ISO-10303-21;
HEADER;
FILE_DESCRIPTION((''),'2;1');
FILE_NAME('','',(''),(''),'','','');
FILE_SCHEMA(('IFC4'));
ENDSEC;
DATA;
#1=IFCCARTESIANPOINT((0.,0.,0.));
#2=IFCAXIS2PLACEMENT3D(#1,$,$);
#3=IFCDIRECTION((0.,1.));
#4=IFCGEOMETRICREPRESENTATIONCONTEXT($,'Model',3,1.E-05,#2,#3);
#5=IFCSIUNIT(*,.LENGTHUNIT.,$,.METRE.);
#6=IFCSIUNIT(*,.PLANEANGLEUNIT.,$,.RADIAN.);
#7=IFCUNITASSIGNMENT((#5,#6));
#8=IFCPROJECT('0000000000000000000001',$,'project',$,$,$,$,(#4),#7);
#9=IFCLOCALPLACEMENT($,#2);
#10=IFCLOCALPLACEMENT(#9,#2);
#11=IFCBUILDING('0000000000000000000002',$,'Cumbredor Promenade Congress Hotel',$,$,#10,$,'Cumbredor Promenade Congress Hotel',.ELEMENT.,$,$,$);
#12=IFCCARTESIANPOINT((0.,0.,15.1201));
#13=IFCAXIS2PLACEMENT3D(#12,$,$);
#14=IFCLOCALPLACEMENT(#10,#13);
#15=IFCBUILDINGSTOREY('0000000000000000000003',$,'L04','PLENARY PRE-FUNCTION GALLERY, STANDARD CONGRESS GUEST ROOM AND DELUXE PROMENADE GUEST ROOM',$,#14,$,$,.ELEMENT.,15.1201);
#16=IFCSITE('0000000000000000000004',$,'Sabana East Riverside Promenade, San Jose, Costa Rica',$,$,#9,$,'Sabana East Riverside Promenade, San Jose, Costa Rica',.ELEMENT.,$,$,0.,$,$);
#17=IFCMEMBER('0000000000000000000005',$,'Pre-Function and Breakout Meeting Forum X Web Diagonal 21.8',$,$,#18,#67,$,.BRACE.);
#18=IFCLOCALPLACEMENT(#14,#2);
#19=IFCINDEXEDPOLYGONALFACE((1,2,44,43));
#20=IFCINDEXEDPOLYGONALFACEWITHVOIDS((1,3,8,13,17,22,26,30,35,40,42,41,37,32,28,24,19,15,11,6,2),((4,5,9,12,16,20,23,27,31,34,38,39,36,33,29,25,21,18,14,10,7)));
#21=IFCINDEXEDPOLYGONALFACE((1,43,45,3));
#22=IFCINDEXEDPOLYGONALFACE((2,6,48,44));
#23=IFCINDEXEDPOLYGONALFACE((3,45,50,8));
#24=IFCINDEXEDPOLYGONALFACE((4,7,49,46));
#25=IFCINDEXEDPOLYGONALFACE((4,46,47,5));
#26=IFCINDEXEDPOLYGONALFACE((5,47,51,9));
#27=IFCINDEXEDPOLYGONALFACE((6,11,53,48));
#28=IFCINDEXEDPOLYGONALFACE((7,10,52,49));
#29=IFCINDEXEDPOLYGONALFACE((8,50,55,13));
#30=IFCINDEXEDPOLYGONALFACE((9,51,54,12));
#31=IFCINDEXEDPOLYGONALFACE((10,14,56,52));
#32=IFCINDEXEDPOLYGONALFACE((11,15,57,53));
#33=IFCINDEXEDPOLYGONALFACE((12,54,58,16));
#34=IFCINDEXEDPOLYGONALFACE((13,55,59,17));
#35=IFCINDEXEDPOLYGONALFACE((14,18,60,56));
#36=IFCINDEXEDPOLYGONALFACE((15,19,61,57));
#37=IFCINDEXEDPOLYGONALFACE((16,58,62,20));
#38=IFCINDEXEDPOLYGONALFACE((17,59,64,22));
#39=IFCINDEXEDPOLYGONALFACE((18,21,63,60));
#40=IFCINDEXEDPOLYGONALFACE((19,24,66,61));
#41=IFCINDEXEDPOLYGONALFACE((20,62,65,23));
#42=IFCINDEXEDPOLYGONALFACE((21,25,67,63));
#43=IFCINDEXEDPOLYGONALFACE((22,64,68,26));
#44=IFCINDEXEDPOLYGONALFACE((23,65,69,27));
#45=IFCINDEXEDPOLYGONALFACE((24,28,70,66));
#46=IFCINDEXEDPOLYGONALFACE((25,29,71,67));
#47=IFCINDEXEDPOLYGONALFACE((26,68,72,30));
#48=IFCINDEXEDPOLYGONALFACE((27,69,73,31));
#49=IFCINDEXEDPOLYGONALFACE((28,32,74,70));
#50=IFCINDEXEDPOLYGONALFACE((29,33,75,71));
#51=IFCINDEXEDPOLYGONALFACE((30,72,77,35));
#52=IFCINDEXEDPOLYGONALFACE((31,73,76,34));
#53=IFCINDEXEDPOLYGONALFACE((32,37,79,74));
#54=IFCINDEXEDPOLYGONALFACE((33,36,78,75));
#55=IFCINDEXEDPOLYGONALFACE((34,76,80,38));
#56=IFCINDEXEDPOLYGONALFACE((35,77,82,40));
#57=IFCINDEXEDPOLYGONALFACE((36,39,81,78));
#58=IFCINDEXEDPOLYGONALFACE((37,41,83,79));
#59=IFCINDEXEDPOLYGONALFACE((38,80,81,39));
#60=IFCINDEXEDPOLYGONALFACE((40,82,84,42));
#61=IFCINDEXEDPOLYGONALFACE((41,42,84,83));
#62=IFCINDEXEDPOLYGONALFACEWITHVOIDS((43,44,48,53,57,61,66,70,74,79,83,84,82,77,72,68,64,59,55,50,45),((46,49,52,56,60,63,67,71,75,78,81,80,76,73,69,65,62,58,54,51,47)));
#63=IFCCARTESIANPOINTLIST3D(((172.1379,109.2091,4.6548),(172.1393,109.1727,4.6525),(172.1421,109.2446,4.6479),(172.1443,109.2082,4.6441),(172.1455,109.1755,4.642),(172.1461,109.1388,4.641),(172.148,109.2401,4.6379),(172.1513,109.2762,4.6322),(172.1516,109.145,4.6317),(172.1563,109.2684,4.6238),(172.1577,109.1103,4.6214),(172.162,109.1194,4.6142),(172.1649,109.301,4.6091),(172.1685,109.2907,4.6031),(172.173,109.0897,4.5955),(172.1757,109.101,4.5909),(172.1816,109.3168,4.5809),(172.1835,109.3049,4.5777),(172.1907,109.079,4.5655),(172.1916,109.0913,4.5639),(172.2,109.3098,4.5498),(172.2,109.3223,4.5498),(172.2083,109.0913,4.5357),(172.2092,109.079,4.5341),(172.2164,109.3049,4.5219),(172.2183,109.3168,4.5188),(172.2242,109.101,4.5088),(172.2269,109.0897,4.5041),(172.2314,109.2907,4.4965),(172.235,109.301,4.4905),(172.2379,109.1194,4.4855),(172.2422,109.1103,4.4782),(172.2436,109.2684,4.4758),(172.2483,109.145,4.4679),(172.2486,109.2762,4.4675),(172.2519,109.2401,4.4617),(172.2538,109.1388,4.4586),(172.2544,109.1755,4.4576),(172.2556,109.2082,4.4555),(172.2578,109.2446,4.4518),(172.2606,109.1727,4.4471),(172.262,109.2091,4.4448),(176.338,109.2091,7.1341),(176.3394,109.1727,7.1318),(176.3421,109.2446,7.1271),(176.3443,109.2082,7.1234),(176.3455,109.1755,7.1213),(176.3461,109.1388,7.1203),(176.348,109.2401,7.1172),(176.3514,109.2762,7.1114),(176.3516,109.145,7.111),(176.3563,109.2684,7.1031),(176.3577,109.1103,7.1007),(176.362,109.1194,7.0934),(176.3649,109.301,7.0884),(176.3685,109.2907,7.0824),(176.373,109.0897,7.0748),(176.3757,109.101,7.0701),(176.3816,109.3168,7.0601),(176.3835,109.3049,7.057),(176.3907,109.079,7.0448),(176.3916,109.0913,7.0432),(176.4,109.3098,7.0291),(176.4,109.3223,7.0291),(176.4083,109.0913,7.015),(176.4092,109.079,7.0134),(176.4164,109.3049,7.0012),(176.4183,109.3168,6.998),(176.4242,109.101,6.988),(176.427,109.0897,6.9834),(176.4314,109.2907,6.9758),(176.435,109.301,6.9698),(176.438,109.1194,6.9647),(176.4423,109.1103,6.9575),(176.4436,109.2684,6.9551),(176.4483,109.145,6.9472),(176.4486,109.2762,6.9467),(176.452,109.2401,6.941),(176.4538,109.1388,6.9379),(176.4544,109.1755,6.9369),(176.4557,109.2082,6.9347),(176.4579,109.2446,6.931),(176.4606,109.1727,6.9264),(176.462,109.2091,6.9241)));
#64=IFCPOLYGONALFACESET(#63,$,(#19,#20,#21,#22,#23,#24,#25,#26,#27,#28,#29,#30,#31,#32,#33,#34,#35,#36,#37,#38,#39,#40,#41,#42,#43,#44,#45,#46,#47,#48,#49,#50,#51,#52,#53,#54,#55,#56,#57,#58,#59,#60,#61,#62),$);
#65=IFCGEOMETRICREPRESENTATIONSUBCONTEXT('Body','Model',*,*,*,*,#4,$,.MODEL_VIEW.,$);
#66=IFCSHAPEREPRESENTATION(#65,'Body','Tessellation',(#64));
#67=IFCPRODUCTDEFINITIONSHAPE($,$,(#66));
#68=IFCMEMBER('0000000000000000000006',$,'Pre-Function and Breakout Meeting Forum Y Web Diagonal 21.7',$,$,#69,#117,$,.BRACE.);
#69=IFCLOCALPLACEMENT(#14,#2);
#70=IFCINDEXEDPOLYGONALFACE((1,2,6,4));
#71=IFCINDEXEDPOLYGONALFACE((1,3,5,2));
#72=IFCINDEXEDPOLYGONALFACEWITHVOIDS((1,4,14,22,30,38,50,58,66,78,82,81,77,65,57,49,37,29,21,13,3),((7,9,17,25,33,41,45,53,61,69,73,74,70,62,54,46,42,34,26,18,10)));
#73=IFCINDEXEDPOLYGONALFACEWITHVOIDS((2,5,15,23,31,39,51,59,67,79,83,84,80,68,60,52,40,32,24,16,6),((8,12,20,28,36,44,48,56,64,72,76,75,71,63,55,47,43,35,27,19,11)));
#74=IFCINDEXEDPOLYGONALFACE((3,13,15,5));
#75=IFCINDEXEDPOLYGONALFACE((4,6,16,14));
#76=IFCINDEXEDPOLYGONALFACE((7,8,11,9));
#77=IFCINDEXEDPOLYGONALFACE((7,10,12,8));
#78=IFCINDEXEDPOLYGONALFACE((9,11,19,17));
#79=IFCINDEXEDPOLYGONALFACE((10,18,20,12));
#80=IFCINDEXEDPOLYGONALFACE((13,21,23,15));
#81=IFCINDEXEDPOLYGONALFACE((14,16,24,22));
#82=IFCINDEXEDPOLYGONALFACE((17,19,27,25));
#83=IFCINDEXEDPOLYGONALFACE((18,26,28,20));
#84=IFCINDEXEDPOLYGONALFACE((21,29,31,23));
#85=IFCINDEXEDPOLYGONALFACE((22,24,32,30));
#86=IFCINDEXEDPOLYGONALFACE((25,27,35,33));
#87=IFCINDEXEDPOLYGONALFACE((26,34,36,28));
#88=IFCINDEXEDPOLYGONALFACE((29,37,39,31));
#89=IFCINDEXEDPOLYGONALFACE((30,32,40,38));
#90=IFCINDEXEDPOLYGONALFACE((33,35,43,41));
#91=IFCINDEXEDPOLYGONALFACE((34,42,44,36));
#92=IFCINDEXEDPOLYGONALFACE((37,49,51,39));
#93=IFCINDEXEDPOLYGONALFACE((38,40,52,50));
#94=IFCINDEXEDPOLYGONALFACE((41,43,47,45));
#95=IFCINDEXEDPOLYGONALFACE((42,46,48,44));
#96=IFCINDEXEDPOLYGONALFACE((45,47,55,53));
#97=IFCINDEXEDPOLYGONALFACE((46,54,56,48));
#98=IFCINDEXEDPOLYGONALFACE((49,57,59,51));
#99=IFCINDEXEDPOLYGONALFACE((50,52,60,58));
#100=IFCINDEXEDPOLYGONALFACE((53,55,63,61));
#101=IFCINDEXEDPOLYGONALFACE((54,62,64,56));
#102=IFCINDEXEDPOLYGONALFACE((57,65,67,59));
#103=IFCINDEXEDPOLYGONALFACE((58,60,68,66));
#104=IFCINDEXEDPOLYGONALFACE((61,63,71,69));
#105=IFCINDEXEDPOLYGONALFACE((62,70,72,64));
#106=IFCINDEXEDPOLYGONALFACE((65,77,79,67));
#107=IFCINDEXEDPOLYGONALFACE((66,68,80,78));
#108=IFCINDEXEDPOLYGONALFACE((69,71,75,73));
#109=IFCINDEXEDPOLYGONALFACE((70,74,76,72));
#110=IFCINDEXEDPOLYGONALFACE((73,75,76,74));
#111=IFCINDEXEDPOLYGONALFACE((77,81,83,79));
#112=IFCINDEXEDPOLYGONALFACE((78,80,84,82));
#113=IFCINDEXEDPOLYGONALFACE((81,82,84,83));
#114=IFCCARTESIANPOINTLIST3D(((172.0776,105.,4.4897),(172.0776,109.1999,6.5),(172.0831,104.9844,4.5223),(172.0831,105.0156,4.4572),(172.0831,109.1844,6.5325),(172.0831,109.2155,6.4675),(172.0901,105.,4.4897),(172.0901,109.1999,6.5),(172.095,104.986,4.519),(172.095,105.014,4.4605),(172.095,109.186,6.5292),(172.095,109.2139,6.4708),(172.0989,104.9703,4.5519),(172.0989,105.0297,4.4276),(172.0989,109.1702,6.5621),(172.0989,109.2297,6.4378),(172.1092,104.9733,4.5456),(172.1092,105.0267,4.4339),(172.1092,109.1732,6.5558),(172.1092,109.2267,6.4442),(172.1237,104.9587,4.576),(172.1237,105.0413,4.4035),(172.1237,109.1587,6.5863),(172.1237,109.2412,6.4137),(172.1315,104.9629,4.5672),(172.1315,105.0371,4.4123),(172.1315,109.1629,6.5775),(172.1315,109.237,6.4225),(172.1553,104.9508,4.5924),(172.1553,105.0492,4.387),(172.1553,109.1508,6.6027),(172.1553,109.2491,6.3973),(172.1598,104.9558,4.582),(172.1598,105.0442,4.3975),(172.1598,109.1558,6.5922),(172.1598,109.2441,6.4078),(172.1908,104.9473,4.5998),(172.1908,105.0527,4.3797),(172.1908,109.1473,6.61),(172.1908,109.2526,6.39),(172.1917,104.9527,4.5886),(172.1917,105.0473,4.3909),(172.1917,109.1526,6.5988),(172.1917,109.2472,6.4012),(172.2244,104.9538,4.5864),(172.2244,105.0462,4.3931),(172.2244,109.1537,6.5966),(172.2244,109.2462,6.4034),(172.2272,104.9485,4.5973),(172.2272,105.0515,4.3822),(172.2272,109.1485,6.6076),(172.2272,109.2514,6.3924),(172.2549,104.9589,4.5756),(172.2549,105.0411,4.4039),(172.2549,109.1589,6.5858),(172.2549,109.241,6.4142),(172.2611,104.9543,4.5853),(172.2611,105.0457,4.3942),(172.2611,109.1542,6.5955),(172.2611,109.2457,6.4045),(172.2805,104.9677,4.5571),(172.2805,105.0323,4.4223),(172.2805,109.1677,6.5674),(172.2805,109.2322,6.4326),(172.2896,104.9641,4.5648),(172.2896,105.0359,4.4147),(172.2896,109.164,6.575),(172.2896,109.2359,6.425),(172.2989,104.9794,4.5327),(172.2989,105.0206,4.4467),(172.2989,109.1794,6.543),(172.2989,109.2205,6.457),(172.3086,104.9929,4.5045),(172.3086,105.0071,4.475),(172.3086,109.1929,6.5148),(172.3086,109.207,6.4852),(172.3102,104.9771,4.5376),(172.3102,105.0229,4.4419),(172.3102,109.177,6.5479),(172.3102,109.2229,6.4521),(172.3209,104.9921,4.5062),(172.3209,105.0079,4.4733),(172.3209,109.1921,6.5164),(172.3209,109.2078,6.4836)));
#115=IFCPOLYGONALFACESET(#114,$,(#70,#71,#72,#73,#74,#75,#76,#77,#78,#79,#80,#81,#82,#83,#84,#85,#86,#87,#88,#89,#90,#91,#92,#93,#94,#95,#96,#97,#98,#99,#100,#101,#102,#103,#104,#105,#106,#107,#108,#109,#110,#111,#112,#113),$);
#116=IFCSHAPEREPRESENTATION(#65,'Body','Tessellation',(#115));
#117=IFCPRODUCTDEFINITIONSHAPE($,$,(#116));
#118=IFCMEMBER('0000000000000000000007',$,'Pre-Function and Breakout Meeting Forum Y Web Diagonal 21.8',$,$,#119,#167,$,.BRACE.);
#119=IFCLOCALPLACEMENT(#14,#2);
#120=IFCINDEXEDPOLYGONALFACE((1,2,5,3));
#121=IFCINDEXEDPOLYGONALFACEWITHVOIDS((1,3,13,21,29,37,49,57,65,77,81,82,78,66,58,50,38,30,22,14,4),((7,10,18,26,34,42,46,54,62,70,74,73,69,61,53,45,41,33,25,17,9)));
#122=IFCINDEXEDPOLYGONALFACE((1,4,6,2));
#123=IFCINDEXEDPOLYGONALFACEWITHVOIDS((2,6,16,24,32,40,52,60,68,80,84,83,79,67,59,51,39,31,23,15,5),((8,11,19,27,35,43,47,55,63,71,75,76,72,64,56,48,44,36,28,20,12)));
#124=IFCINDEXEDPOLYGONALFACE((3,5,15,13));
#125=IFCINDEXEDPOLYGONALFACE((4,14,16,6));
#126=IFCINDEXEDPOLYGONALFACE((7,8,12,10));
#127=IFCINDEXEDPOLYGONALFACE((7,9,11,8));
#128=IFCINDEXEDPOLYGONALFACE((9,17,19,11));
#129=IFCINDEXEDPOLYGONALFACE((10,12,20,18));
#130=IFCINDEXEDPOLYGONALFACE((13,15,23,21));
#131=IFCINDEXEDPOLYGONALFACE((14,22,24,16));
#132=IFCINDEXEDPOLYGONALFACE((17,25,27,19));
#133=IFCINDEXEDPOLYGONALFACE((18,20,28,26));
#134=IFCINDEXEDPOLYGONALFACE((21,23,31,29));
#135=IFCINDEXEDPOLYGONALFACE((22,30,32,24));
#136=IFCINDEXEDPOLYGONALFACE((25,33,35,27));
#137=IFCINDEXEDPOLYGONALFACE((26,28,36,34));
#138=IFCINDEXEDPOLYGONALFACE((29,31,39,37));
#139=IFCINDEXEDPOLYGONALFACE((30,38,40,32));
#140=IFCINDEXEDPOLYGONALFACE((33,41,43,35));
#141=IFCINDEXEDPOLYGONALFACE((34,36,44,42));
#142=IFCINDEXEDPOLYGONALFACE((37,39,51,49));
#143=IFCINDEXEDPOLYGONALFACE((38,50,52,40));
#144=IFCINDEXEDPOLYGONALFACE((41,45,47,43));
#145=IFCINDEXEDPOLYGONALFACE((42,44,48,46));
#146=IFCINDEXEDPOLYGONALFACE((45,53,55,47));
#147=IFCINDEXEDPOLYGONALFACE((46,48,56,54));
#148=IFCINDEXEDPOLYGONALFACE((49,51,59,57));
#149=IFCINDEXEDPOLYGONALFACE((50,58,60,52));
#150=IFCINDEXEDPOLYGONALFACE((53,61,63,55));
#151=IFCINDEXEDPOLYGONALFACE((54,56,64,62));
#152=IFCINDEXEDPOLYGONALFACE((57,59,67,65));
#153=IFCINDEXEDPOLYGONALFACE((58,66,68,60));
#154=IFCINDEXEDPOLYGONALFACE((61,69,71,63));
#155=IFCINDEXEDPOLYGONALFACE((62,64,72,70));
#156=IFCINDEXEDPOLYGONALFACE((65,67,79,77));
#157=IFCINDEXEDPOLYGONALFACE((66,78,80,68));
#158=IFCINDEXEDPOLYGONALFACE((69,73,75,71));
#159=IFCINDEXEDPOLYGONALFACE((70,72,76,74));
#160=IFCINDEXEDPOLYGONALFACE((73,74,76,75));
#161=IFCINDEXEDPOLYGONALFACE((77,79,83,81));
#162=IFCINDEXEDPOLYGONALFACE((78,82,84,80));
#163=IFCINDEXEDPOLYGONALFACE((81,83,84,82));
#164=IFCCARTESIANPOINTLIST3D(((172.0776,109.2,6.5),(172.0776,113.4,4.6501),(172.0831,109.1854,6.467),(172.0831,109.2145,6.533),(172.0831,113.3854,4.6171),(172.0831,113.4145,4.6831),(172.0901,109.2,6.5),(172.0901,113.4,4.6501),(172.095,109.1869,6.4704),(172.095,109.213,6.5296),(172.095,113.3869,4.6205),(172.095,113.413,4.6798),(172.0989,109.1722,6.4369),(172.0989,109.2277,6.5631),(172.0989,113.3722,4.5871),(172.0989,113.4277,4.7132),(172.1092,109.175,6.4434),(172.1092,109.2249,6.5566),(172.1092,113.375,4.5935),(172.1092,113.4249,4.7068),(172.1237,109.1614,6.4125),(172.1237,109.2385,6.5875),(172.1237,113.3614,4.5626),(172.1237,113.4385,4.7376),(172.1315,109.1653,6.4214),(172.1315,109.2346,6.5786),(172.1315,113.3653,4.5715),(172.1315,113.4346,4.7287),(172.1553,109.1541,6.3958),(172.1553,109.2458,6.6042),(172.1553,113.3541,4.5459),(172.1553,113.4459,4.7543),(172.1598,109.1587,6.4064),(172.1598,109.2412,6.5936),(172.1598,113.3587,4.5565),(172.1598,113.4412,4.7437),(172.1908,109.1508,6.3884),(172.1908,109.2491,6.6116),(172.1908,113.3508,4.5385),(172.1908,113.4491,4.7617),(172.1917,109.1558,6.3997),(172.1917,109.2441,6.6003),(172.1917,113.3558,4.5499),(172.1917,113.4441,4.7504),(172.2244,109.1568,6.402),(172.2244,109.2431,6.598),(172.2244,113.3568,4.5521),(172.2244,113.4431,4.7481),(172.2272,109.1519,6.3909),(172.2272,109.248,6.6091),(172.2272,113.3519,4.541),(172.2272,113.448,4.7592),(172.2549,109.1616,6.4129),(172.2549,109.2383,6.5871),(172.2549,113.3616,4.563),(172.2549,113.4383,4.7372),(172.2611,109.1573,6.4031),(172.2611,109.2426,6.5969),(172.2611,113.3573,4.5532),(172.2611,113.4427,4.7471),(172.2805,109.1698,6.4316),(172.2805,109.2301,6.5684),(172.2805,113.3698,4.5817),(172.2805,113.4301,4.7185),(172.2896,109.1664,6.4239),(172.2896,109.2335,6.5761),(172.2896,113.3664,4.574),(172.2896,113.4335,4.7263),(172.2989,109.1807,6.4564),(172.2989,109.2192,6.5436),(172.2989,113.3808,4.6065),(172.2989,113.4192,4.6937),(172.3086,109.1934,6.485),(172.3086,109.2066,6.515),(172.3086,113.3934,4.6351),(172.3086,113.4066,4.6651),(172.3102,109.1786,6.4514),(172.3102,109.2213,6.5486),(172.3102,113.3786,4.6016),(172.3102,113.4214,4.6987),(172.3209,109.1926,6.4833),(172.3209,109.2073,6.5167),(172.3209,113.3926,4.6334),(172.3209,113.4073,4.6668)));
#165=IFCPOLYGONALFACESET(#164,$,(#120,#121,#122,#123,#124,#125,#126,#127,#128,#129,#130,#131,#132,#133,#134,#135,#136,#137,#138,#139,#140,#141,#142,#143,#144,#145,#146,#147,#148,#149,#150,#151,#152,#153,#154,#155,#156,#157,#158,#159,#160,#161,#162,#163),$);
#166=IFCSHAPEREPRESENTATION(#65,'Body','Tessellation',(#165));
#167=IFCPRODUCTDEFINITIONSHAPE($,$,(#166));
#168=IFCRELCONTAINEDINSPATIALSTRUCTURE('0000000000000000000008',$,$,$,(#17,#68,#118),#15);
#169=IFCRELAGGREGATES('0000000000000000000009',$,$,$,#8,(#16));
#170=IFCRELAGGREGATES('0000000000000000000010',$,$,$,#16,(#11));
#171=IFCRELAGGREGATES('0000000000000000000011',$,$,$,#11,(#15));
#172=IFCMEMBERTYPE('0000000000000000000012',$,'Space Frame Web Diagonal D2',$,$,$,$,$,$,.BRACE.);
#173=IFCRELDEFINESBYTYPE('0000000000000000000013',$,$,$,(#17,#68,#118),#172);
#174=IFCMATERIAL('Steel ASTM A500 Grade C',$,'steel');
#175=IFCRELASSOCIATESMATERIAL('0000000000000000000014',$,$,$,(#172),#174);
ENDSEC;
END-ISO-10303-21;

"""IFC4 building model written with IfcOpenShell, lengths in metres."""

from ifc_helpers import new_model, si_unit, direction, frame, origin, origin_2d, place, context, subcontext, project, spatial, hollow_circle, extrude, material, material_profile, profile_set, type_object, element, save


model = new_model("IFC4")

# Units and contexts
model_context = context("Model", 3, precision=1e-05, world=origin(), true_north=direction((0.0, 1.0)))
body_context = subcontext(model_context, "Body", "Model", "MODEL_VIEW")
ifc_project = project(units=[si_unit("LENGTHUNIT", "METRE"), si_unit("PLANEANGLEUNIT", "RADIAN")], contexts=[model_context])

# Site, building, storey
site_placement = place(None, origin())
site = spatial("IfcSite", under=ifc_project, at=site_placement, Name="Sabana East Riverside Promenade, San Jose, Costa Rica", LongName="Sabana East Riverside Promenade, San Jose, Costa Rica", CompositionType="ELEMENT", RefElevation=0.0)
building_placement = place(site_placement, origin())
building = spatial("IfcBuilding", under=site, at=building_placement, Name="Cumbredor Promenade Congress Hotel", LongName="Cumbredor Promenade Congress Hotel", CompositionType="ELEMENT")
storey_placement = place(building_placement, frame((0.0, 0.0, 15.1201)))
storey = spatial("IfcBuildingStorey", under=building, at=storey_placement, Name="L04", Description="PLENARY PRE-FUNCTION GALLERY, STANDARD CONGRESS GUEST ROOM AND DELUXE PROMENADE GUEST ROOM", CompositionType="ELEMENT", Elevation=15.1201)

# Members
ifc_material_1 = material(Name="Steel ASTM A500 Grade C", Category="steel")
ifc_material_profile_1 = material_profile(ifc_material_1, hollow_circle(Radius=0.1223, WallThickness=0.0125, at=origin_2d()), Name="CHS 244.5x12.5")
ifc_profile_set_1 = profile_set([ifc_material_profile_1], Name="Steel ASTM A500 Grade C")
member_type_1 = type_object("IfcMemberType", Name="Space Frame Web Diagonal D2", PredefinedType="BRACE", material=ifc_profile_set_1)
member_1_placement = place(storey_placement, frame((172.2, 109.2, 4.5498), z_axis=(0.861155, 0.0, 0.508343), x_axis=(0.0, 1.0, 0.0)))
element("IfcMember", 1, at=member_1_placement, inside=storey, type_object=member_type_1, Name="Pre-Function and Breakout Meeting Forum X Web Diagonal 21.8", PredefinedType="BRACE", context=body_context, shape_type="SweptSolid", body=[
    extrude(hollow_circle(Radius=0.1223, WallThickness=0.0125, at=origin_2d()), origin(), (0.0, 0.0, 1.0), 4.8772),
])
member_2_placement = place(storey_placement, frame((172.2, 105.0, 4.4897), z_axis=(0.0, 0.902002, 0.431732), x_axis=(-1.0, 0.0, 0.0)))
element("IfcMember", 2, at=member_2_placement, inside=storey, type_object=member_type_1, Name="Pre-Function and Breakout Meeting Forum Y Web Diagonal 21.7", PredefinedType="BRACE", context=body_context, shape_type="SweptSolid", body=[
    extrude(hollow_circle(Radius=0.1223, WallThickness=0.0125, at=origin_2d()), origin(), (0.0, 0.0, 1.0), 4.6562),
])
member_3_placement = place(storey_placement, frame((172.2, 109.2, 6.5), z_axis=(0.0, 0.915164, -0.403081), x_axis=(-1.0, 0.0, 0.0)))
element("IfcMember", 3, at=member_3_placement, inside=storey, type_object=member_type_1, Name="Pre-Function and Breakout Meeting Forum Y Web Diagonal 21.8", PredefinedType="BRACE", context=body_context, shape_type="SweptSolid", body=[
    extrude(hollow_circle(Radius=0.1223, WallThickness=0.0125, at=origin_2d()), origin(), (0.0, 0.0, 1.0), 4.5894),
])

save(model, "model.ifc")
